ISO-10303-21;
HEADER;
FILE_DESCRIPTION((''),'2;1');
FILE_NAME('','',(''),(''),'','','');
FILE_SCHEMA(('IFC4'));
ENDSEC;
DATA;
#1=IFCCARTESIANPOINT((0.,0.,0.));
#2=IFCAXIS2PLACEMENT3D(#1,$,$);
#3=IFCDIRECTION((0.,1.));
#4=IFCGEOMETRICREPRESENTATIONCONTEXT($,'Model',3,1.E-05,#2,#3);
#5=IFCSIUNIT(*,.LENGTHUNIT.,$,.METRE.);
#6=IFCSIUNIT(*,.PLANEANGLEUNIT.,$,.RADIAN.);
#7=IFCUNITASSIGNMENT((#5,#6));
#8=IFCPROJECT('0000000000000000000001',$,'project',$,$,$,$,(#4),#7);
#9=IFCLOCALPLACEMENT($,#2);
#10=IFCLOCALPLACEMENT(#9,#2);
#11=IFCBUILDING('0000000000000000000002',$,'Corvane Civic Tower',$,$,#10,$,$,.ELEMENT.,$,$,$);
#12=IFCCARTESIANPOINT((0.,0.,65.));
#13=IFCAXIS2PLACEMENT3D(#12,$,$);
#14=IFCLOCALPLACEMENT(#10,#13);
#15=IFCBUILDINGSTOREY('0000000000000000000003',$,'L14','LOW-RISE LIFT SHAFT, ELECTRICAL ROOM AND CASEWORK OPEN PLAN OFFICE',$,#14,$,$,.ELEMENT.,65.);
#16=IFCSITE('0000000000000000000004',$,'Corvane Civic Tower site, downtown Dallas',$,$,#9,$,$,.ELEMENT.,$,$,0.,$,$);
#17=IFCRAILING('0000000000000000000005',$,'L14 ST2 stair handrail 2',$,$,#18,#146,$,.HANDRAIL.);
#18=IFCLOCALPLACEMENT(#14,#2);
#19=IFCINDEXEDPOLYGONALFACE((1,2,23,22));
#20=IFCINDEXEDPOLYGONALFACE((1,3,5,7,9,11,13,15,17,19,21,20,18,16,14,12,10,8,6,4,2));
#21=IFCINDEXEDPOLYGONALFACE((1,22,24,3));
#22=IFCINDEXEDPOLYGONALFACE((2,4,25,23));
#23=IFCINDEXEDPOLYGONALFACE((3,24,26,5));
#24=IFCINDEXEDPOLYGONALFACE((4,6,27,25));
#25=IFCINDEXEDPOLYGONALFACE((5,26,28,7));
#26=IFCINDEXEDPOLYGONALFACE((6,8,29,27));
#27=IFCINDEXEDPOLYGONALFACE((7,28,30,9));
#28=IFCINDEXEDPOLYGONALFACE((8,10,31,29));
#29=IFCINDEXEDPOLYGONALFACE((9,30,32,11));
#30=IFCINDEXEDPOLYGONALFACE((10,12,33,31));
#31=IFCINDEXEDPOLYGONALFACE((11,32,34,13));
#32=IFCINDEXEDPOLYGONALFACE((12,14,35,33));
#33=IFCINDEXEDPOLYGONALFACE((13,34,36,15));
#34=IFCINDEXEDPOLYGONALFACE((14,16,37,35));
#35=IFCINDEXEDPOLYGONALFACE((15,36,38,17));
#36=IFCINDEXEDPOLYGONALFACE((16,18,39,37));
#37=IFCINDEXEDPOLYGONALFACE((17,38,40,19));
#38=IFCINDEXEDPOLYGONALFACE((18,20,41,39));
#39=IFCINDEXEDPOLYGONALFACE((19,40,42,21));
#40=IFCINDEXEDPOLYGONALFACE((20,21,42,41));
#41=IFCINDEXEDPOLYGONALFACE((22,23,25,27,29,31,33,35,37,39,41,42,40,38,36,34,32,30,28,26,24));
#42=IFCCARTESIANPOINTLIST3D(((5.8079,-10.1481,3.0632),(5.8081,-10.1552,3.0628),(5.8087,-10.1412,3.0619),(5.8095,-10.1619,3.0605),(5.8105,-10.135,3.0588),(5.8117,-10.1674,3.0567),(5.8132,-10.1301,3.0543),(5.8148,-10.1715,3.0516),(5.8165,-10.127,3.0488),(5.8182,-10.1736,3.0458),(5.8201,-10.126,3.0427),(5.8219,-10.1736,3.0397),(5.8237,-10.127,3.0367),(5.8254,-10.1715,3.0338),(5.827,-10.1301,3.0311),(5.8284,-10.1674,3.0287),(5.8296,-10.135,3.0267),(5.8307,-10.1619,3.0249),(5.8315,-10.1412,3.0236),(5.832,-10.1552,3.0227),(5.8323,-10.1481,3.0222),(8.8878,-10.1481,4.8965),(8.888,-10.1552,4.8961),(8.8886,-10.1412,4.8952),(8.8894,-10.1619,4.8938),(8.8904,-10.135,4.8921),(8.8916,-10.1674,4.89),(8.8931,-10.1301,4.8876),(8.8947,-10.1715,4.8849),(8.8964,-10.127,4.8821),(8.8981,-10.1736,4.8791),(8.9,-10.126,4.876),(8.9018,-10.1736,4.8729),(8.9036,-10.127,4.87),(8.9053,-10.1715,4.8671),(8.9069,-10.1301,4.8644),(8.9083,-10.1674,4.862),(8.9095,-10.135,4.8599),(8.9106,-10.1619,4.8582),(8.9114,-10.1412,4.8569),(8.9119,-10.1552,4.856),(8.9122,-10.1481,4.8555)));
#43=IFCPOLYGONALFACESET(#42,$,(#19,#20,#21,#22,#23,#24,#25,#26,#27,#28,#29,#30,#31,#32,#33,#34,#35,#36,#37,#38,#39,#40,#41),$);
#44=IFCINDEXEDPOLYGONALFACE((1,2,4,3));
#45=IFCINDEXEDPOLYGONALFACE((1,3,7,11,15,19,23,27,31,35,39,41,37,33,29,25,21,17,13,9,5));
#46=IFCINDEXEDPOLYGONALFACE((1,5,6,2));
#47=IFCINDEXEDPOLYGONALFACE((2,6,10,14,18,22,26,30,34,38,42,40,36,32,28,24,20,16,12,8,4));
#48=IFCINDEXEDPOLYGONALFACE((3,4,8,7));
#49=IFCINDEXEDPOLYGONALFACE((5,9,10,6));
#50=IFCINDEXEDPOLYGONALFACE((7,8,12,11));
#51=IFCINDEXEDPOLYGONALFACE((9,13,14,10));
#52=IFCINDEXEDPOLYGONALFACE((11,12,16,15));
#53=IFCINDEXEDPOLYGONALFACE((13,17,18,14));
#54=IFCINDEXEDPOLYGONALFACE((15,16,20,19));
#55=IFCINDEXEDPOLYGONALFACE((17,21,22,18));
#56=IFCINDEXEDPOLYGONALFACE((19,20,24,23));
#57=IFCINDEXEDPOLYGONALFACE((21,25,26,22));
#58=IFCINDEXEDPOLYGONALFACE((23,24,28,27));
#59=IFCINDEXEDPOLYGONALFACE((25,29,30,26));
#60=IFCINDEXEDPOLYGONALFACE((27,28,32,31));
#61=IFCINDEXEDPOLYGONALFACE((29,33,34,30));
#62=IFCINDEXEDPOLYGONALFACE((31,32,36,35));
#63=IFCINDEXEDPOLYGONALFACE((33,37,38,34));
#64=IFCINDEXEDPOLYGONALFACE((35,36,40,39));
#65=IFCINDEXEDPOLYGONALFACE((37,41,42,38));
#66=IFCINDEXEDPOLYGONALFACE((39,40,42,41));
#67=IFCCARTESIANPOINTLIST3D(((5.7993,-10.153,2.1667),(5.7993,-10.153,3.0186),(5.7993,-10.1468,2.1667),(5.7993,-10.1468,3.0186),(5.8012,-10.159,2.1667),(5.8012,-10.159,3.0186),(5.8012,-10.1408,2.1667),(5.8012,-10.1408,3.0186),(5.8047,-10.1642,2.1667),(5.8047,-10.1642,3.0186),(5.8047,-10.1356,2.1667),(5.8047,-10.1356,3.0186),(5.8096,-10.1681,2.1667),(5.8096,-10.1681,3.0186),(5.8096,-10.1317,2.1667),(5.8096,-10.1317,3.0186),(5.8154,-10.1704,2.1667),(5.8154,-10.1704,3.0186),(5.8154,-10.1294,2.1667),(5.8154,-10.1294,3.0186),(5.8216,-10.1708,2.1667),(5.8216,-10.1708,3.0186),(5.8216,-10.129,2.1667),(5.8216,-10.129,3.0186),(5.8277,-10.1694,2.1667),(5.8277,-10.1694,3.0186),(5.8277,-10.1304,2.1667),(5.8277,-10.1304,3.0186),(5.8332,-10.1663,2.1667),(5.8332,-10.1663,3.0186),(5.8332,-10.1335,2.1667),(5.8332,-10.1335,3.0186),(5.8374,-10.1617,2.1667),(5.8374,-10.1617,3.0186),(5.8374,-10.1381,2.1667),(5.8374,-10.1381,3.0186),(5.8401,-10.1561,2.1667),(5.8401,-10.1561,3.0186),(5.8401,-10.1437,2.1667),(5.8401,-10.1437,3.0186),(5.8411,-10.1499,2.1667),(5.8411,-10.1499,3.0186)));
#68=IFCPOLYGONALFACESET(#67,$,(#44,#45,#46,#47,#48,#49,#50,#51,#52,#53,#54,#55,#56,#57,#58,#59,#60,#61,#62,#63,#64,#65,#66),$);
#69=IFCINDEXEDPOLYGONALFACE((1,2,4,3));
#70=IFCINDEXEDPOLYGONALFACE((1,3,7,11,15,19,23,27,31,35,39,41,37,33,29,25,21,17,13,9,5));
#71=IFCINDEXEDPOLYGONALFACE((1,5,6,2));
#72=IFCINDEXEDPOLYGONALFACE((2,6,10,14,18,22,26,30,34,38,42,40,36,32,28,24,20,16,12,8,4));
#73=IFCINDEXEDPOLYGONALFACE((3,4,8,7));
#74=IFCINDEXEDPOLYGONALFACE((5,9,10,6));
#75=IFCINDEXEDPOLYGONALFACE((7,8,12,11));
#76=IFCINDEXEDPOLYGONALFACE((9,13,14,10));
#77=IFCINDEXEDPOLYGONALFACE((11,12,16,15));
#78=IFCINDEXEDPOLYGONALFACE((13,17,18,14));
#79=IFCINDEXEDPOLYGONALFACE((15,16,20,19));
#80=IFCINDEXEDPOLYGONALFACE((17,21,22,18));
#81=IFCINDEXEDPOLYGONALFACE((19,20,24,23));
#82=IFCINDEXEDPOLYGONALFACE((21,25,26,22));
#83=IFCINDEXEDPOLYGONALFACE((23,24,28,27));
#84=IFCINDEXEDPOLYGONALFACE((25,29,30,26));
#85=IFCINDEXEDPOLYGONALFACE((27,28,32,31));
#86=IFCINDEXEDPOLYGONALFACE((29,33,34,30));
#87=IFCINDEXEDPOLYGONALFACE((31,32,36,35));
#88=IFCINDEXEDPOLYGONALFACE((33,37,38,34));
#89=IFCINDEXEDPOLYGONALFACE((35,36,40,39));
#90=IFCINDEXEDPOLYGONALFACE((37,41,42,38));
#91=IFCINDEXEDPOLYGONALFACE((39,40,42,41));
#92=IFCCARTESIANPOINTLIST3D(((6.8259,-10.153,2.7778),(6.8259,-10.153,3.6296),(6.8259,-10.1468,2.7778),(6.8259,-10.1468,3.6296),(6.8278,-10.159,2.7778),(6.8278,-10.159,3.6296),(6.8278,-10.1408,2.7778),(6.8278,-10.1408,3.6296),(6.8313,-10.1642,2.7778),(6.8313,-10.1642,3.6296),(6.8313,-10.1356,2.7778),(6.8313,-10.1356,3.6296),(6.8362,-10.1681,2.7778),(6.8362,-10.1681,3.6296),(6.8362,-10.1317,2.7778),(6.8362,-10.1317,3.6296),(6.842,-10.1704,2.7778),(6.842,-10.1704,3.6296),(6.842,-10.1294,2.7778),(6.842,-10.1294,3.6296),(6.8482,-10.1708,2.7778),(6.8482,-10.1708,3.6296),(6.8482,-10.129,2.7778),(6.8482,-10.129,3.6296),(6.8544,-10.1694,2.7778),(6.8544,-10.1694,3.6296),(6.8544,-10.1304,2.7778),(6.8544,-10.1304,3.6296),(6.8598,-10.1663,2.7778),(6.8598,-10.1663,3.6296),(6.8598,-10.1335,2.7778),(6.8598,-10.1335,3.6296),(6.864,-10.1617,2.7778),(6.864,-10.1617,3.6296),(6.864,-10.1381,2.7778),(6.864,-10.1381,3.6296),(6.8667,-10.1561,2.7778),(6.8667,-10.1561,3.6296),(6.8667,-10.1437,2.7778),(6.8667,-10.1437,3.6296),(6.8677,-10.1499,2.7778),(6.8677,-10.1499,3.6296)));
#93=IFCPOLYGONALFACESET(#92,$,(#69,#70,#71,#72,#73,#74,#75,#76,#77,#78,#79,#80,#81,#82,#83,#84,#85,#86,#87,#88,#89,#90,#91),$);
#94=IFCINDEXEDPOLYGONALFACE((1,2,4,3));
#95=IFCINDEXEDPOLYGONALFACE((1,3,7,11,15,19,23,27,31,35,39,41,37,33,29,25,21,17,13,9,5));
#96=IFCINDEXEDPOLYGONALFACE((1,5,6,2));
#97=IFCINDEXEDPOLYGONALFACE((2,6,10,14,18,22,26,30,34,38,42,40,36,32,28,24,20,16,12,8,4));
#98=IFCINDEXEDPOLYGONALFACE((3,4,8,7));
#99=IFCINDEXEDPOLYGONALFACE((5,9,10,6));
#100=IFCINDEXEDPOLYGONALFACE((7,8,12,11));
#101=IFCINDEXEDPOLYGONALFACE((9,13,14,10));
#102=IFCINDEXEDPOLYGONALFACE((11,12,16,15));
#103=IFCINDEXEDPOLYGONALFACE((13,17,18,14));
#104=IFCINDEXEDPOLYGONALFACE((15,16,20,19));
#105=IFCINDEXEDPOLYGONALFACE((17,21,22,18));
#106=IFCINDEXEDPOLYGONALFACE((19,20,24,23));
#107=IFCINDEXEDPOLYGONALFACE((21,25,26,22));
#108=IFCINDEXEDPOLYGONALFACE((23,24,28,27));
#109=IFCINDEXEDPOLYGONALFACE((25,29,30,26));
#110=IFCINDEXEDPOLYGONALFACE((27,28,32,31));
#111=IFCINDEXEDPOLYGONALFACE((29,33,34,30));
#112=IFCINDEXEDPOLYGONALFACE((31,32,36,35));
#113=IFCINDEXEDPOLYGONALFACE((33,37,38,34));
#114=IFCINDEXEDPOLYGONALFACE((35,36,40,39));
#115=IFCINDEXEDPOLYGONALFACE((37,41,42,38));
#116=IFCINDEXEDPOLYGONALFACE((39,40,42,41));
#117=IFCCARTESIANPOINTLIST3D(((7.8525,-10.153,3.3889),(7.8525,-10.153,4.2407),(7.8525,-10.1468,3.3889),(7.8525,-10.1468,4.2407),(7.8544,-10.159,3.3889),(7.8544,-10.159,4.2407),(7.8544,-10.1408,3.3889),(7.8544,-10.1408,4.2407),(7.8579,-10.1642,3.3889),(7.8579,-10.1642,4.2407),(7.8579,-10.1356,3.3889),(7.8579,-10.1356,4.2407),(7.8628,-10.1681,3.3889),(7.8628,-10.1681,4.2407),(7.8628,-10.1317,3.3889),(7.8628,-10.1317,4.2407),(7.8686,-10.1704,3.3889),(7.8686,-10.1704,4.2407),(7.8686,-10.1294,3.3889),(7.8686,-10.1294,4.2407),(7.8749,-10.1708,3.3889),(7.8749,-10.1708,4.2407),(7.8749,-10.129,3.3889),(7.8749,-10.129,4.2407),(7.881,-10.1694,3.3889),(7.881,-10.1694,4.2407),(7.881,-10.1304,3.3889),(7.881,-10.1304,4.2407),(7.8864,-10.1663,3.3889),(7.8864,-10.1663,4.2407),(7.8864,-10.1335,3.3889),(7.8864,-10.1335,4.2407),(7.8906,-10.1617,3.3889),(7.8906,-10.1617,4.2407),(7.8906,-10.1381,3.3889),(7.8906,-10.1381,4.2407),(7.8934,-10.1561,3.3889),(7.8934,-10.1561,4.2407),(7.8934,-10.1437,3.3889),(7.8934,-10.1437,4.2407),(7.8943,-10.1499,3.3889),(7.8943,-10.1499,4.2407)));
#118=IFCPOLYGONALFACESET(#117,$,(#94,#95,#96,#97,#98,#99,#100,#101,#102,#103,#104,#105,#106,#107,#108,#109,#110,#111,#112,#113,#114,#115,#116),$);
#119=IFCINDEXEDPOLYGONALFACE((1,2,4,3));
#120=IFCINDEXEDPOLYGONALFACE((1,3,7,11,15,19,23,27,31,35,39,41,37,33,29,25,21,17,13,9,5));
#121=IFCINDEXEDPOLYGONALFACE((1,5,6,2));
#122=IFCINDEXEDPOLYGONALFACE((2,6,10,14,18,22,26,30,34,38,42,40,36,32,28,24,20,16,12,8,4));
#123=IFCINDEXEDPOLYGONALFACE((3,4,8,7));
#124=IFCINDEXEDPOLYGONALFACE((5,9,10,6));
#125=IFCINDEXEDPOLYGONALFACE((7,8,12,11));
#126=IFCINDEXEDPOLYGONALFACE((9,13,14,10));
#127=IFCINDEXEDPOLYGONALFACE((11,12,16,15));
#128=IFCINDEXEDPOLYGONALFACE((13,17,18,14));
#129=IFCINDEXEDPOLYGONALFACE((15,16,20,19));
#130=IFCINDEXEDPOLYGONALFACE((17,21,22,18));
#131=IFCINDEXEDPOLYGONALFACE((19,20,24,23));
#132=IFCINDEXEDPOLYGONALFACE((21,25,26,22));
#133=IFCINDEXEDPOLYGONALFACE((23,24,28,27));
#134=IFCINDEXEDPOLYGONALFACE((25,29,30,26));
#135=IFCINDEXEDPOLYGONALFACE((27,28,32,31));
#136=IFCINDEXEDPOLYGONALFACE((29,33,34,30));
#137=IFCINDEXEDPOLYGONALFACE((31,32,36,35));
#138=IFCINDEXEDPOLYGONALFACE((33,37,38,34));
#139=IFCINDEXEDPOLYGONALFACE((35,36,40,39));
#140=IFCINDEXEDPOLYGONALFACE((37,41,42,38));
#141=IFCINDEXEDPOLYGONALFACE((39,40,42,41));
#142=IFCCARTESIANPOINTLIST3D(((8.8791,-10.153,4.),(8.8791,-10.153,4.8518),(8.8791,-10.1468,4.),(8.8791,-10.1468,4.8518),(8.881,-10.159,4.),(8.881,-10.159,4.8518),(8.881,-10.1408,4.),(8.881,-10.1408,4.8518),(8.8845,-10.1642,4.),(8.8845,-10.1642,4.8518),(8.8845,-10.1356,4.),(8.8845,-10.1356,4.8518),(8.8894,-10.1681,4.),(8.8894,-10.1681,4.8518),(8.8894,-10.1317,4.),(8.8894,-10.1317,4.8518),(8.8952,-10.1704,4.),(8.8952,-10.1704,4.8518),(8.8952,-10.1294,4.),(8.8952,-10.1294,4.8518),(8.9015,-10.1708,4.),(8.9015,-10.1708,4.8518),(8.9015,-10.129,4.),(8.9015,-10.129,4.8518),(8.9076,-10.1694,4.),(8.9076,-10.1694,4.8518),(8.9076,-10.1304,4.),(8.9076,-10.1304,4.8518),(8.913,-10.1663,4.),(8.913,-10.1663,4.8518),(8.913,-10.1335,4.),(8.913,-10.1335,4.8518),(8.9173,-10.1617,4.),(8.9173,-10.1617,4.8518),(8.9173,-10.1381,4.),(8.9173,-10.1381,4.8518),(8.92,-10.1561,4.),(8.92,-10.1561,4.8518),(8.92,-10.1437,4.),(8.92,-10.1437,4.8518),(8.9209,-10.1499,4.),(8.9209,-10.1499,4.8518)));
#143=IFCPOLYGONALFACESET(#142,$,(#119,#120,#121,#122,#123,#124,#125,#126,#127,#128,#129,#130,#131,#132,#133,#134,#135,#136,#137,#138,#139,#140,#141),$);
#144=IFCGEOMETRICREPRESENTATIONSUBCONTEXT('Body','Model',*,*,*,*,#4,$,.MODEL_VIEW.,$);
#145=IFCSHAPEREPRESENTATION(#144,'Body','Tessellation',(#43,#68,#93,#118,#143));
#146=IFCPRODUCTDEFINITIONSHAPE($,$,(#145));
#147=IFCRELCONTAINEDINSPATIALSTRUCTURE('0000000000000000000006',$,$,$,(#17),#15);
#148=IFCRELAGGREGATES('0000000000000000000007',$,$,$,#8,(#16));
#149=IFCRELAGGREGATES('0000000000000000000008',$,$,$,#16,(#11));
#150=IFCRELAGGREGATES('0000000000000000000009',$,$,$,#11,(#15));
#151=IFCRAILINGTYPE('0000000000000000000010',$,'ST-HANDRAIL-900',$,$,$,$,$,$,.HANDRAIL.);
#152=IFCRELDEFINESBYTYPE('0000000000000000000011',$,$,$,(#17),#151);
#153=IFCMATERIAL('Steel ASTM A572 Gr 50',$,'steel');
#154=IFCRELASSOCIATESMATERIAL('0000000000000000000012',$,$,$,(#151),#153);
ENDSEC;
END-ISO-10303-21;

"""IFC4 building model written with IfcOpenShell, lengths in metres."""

from ifc_helpers import new_model, si_unit, direction, frame, origin, origin_2d, place, context, subcontext, project, spatial, circle, extrude, material, type_object, element, save


model = new_model("IFC4")

# Units and contexts
model_context = context("Model", 3, precision=1e-05, world=origin(), true_north=direction((0.0, 1.0)))
body_context = subcontext(model_context, "Body", "Model", "MODEL_VIEW")
ifc_project = project(units=[si_unit("LENGTHUNIT", "METRE"), si_unit("PLANEANGLEUNIT", "RADIAN")], contexts=[model_context])

# Site, building, storey
site_placement = place(None, origin())
site = spatial("IfcSite", under=ifc_project, at=site_placement, Name="Corvane Civic Tower site, downtown Dallas", CompositionType="ELEMENT", RefElevation=0.0)
building_placement = place(site_placement, origin())
building = spatial("IfcBuilding", under=site, at=building_placement, Name="Corvane Civic Tower", CompositionType="ELEMENT")
storey_placement = place(building_placement, frame((0.0, 0.0, 65.0)))
storey = spatial("IfcBuildingStorey", under=building, at=storey_placement, Name="L14", Description="LOW-RISE LIFT SHAFT, ELECTRICAL ROOM AND CASEWORK OPEN PLAN OFFICE", CompositionType="ELEMENT", Elevation=65.0)

# Railing
ifc_material_1 = material(Name="Steel ASTM A572 Gr 50", Category="steel")
railing_type_1 = type_object("IfcRailingType", Name="ST-HANDRAIL-900", PredefinedType="HANDRAIL", material=ifc_material_1)
railing_1_placement = place(storey_placement, frame((5.8201, -10.1499, 2.1667)))
element("IfcRailing", 1, at=railing_1_placement, inside=storey, type_object=railing_type_1, Name="L14 ST2 stair handrail 2", PredefinedType="HANDRAIL", context=body_context, shape_type="SweptSolid", body=[
    extrude(circle(Radius=0.0239, at=origin_2d()), frame((0.0, 0.0, 0.876), z_axis=(0.859291, 0.0, 0.511487), x_axis=(0.0, 1.0, 0.0)), (0.0, 0.0, 1.0), 3.5842),
    extrude(circle(Radius=0.021, at=origin_2d()), origin(), (0.0, 0.0, 1.0), 0.8518),
    extrude(circle(Radius=0.021, at=origin_2d()), frame((1.0266, 0.0, 0.6111)), (0.0, 0.0, 1.0), 0.8518),
    extrude(circle(Radius=0.021, at=origin_2d()), frame((2.0532, 0.0, 1.2222)), (0.0, 0.0, 1.0), 0.8518),
    extrude(circle(Radius=0.021, at=origin_2d()), frame((3.0798, 0.0, 1.8333)), (0.0, 0.0, 1.0), 0.8518),
])

save(model, "model.ifc")
